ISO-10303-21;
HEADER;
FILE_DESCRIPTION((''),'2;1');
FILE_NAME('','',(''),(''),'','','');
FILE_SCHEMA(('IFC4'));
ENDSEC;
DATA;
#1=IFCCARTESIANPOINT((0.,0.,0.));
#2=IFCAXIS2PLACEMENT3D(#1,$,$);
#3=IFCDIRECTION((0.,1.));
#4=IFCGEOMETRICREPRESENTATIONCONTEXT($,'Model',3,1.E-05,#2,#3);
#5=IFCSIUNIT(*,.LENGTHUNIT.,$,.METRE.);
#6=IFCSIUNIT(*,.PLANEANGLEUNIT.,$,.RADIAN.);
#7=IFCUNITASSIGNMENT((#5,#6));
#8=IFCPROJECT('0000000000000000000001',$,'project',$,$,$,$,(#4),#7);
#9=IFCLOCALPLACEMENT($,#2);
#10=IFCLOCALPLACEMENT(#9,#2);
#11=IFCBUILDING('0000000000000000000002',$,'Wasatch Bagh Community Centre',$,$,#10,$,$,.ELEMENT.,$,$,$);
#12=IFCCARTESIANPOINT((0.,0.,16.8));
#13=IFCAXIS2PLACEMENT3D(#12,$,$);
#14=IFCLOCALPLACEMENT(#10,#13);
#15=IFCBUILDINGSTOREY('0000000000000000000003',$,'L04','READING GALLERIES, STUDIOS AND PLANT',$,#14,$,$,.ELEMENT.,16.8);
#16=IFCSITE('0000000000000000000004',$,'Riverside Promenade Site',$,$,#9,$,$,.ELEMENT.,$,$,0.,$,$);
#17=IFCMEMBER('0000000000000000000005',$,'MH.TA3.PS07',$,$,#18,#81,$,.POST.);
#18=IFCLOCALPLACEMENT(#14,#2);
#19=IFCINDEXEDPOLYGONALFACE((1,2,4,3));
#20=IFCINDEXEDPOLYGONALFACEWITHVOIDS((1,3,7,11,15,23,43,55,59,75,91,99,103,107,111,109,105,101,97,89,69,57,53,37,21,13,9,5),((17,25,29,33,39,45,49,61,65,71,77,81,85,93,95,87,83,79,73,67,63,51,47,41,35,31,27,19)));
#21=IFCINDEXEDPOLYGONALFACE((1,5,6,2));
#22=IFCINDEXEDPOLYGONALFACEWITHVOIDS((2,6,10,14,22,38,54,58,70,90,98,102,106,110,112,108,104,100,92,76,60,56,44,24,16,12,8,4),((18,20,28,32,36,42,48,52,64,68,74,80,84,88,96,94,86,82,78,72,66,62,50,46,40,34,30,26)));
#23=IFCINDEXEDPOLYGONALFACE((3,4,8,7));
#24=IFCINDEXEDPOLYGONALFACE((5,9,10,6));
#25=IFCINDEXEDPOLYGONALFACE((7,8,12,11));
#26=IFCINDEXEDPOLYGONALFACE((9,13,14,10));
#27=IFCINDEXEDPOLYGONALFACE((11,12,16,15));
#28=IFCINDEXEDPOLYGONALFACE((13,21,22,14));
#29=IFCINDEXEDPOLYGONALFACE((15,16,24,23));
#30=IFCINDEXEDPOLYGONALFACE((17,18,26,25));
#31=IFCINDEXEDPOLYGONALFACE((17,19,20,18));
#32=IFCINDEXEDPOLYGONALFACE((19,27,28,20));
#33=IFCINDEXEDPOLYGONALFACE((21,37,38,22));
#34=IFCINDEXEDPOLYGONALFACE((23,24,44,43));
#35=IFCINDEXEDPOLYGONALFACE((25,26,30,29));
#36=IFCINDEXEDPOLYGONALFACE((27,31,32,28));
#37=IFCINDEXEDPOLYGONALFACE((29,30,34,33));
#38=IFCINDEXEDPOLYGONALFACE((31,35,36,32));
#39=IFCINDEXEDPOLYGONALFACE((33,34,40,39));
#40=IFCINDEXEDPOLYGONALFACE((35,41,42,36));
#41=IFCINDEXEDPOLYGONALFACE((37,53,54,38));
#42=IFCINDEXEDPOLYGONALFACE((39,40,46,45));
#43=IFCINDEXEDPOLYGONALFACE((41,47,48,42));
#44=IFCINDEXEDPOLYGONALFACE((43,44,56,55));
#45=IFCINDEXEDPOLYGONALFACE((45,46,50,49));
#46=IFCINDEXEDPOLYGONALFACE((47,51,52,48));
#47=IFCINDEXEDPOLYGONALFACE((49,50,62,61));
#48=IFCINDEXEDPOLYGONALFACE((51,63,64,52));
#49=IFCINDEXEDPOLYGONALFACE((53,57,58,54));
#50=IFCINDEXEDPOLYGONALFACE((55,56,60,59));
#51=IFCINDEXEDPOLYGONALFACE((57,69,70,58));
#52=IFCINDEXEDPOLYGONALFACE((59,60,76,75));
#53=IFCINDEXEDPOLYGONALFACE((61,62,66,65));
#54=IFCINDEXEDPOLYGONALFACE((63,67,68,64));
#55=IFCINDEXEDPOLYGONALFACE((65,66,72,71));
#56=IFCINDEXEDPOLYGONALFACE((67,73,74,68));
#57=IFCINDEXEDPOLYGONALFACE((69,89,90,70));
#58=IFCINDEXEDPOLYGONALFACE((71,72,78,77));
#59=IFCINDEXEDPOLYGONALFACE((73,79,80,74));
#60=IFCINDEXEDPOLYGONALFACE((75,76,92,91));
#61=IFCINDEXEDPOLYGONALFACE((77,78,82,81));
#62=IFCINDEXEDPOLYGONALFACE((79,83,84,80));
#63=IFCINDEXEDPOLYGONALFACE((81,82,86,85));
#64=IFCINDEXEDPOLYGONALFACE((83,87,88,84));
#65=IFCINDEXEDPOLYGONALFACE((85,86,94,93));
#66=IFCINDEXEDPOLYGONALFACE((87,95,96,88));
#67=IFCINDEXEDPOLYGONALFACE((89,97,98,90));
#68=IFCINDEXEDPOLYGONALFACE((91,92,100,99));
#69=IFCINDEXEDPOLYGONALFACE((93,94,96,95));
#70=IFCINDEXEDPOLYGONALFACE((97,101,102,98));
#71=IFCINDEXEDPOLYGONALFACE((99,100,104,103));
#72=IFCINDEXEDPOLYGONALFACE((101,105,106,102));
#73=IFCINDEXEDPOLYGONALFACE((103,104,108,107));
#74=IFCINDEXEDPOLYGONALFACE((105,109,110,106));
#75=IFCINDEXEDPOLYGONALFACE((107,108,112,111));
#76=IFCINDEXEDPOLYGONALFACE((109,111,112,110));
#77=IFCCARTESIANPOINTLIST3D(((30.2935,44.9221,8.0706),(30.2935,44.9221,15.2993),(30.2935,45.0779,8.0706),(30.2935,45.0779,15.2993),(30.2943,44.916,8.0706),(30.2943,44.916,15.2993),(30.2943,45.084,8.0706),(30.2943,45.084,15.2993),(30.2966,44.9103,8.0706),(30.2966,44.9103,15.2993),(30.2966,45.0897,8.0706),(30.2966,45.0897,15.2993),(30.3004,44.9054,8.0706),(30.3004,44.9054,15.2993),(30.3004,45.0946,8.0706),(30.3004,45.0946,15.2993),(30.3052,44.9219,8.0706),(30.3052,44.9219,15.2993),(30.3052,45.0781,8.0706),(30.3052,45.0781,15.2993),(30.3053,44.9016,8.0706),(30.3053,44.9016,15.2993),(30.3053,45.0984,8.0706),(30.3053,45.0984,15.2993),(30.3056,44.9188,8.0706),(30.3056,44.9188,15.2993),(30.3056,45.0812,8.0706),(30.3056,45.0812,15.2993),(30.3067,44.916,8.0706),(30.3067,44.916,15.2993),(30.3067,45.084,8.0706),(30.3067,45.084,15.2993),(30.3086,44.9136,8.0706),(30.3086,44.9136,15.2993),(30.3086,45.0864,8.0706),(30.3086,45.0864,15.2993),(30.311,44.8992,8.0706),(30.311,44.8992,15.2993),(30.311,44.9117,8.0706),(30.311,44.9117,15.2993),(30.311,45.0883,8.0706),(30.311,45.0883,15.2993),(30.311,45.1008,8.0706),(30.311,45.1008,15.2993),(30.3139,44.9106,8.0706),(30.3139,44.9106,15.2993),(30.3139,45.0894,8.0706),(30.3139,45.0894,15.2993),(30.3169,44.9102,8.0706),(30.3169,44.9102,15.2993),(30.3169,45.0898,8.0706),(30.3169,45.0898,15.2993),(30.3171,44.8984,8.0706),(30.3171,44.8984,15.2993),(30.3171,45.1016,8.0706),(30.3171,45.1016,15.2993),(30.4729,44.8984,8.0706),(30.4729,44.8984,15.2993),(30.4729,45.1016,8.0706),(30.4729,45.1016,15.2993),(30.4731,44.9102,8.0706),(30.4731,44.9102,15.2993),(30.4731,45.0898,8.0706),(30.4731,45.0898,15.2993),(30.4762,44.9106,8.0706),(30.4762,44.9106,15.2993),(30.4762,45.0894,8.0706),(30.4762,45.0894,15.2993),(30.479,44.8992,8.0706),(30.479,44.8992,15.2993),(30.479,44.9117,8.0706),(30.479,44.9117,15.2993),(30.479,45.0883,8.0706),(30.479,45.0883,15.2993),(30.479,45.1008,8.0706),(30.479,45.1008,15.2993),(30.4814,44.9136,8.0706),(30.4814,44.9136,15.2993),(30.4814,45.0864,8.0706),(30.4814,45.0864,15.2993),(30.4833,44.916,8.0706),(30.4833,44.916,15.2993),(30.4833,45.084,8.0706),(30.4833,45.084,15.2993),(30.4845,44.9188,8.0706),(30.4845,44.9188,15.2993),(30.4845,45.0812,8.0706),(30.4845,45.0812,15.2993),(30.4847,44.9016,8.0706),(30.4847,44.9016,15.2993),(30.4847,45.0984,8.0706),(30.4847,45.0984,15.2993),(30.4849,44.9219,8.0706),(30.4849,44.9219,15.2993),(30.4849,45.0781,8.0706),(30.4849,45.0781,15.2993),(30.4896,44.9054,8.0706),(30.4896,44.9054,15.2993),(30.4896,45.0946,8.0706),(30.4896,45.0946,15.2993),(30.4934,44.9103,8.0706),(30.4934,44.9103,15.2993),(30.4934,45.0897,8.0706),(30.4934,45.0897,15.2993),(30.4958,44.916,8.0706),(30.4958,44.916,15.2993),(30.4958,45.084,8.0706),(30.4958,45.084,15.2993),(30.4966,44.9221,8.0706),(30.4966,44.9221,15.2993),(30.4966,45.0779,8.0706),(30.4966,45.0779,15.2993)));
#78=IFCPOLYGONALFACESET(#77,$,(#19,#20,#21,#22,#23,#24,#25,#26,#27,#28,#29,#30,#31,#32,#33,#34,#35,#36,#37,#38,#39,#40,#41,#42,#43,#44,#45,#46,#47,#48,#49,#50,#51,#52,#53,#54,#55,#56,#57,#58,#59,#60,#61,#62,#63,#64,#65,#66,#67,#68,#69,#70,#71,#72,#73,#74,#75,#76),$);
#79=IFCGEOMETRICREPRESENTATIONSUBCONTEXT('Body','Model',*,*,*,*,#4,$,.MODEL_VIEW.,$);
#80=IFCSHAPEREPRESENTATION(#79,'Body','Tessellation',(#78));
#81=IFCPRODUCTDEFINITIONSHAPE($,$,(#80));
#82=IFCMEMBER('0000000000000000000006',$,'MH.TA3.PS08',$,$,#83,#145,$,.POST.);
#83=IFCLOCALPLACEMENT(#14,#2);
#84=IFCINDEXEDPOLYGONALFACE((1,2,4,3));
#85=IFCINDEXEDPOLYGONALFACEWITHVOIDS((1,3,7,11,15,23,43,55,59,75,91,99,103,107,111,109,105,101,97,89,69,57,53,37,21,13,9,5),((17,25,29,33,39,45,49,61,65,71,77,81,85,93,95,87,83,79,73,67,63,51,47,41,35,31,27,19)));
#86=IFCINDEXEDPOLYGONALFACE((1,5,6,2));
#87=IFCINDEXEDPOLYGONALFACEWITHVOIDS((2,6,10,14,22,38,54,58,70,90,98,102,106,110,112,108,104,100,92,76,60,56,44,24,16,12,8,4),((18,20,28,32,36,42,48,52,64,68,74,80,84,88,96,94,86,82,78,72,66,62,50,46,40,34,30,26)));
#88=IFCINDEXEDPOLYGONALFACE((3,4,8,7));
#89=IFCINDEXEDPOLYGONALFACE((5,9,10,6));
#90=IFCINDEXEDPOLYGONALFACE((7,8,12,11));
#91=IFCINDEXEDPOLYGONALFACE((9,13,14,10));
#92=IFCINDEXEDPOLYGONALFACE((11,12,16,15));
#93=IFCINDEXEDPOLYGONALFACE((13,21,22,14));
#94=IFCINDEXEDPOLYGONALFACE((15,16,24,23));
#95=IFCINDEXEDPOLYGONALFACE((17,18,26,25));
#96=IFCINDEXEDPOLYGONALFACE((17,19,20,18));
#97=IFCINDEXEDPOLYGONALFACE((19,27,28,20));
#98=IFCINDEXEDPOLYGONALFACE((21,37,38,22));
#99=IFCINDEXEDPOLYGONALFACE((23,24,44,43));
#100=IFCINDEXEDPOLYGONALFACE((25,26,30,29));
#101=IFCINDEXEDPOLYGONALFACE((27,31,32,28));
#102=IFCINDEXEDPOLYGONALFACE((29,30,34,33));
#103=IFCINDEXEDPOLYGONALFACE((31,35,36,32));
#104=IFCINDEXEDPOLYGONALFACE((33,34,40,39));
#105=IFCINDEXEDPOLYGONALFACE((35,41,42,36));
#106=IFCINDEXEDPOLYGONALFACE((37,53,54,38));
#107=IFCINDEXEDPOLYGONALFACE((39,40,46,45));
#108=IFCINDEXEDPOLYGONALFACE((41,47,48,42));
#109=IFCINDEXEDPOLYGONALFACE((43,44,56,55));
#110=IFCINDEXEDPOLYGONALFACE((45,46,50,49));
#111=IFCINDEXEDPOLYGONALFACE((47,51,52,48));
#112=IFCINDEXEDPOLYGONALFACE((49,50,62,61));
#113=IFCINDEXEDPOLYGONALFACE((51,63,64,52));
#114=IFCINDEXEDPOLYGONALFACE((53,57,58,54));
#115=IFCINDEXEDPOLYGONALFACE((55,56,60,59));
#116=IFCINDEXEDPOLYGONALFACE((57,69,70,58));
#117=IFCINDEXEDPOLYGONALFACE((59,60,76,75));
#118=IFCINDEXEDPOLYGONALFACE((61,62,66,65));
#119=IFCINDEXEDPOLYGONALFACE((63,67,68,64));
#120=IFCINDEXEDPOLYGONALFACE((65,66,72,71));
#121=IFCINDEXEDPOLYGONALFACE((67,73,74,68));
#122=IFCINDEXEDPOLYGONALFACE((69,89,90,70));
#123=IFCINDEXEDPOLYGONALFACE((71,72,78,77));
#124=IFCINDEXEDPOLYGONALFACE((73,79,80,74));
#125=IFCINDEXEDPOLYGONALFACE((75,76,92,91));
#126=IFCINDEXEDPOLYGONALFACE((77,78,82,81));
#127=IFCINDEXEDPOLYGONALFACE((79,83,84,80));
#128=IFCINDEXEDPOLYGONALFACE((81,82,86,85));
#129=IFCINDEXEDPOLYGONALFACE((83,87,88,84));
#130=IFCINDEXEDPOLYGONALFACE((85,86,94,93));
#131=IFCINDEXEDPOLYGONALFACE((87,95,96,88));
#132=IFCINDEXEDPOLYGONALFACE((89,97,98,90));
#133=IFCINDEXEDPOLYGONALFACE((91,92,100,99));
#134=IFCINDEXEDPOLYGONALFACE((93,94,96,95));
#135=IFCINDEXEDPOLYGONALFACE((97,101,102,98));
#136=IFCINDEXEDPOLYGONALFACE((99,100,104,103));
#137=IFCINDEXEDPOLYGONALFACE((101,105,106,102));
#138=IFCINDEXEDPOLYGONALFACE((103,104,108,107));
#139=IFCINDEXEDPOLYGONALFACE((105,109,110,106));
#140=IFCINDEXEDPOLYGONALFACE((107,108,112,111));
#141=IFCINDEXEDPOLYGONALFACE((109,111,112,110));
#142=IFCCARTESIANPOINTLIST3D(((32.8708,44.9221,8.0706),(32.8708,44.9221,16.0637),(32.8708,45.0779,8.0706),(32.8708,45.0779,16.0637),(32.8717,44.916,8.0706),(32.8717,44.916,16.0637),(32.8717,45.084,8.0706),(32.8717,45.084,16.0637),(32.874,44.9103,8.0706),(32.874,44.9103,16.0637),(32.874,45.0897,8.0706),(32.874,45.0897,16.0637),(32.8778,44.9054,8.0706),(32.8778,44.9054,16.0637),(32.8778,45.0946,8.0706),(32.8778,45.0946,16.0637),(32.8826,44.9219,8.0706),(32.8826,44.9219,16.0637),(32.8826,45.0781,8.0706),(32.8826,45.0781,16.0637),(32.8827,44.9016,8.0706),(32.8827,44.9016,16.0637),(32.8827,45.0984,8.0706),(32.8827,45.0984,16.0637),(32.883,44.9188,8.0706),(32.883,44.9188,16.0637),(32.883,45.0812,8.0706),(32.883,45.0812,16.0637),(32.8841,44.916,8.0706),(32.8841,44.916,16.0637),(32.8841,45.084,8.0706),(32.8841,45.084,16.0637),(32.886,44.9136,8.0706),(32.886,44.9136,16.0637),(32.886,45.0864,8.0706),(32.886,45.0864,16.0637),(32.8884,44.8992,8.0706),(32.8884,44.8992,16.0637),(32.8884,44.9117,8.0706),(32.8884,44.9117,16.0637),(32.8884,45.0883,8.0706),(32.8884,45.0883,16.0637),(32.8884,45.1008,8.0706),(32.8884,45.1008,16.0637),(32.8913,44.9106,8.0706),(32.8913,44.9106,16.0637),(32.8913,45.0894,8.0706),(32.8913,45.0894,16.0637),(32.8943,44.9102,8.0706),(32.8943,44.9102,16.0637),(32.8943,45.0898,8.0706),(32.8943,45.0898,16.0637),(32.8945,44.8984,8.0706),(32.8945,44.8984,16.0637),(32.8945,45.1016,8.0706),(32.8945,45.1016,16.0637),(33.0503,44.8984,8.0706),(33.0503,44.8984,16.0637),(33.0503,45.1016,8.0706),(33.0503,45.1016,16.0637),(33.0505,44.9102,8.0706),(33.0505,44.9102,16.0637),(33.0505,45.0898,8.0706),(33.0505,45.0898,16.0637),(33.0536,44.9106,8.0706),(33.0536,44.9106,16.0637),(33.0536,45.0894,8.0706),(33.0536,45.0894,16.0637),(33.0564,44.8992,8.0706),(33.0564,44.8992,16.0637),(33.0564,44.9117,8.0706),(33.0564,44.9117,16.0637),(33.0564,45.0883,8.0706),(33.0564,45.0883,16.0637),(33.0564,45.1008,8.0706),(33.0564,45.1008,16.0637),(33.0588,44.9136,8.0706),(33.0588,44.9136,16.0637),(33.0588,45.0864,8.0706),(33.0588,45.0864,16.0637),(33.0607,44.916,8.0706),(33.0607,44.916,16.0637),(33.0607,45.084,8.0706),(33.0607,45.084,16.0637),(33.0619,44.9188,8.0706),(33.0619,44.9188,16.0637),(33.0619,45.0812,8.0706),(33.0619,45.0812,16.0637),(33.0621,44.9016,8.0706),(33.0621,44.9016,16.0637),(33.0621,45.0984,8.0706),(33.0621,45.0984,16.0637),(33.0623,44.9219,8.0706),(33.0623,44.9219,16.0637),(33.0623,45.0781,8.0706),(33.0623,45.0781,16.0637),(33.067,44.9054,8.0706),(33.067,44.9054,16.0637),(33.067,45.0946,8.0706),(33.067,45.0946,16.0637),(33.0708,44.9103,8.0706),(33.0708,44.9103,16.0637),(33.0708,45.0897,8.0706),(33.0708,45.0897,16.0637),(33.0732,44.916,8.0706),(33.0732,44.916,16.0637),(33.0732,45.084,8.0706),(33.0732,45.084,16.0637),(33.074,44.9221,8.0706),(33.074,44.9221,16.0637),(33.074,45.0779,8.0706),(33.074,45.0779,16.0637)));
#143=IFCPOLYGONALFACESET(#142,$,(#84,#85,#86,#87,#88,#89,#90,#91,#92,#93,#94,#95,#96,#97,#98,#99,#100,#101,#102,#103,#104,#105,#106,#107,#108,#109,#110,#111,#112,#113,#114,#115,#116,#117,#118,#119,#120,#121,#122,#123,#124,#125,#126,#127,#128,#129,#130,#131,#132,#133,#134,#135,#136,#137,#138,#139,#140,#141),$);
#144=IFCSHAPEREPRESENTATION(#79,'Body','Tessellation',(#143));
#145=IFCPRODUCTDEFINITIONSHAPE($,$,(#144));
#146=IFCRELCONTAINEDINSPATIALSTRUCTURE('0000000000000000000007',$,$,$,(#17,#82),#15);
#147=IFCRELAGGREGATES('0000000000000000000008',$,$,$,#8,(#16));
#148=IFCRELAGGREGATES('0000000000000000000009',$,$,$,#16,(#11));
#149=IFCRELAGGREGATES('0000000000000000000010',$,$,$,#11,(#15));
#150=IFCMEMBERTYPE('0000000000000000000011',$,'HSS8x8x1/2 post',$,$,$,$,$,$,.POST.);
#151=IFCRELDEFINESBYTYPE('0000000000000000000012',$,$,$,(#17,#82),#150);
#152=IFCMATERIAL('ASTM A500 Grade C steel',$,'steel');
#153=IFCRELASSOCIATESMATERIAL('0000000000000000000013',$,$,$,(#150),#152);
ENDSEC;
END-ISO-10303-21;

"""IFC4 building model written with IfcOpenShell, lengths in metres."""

from ifc_helpers import new_model, si_unit, direction, frame, origin, origin_2d, place, context, subcontext, project, spatial, hollow_rectangle, extrude, material, material_profile, profile_set, type_object, element, save


model = new_model("IFC4")

# Units and contexts
model_context = context("Model", 3, precision=1e-05, world=origin(), true_north=direction((0.0, 1.0)))
body_context = subcontext(model_context, "Body", "Model", "MODEL_VIEW")
ifc_project = project(units=[si_unit("LENGTHUNIT", "METRE"), si_unit("PLANEANGLEUNIT", "RADIAN")], contexts=[model_context])

# Site, building, storey
site_placement = place(None, origin())
site = spatial("IfcSite", under=ifc_project, at=site_placement, Name="Riverside Promenade Site", CompositionType="ELEMENT", RefElevation=0.0)
building_placement = place(site_placement, origin())
building = spatial("IfcBuilding", under=site, at=building_placement, Name="Wasatch Bagh Community Centre", CompositionType="ELEMENT")
storey_placement = place(building_placement, frame((0.0, 0.0, 16.8)))
storey = spatial("IfcBuildingStorey", under=building, at=storey_placement, Name="L04", Description="READING GALLERIES, STUDIOS AND PLANT", CompositionType="ELEMENT", Elevation=16.8)

# Members
ifc_material_1 = material(Name="ASTM A500 Grade C steel", Category="steel")
ifc_material_profile_1 = material_profile(ifc_material_1, hollow_rectangle(XDim=0.2031, YDim=0.2031, WallThickness=0.0117, InnerFilletRadius=0.0117, OuterFilletRadius=0.0237, at=origin_2d()), Name="HSS8x8x1/2")
ifc_profile_set_1 = profile_set([ifc_material_profile_1], Name="ASTM A500 Grade C steel")
member_type_1 = type_object("IfcMemberType", Name="HSS8x8x1/2 post", PredefinedType="POST", material=ifc_profile_set_1)
member_1_placement = place(storey_placement, frame((30.395, 45.0, 8.0706), z_axis=(0.0, 0.0, 1.0), x_axis=(1.0, 0.0, 0.0)))
element("IfcMember", 1, at=member_1_placement, inside=storey, type_object=member_type_1, Name="MH.TA3.PS07", PredefinedType="POST", context=body_context, shape_type="SweptSolid", body=[
    extrude(hollow_rectangle(XDim=0.2031, YDim=0.2031, WallThickness=0.0117, InnerFilletRadius=0.0117, OuterFilletRadius=0.0237, at=origin_2d()), origin(), (0.0, 0.0, 1.0), 7.2288),
])
member_2_placement = place(storey_placement, frame((32.9724, 45.0, 8.0706), z_axis=(0.0, 0.0, 1.0), x_axis=(1.0, 0.0, 0.0)))
element("IfcMember", 2, at=member_2_placement, inside=storey, type_object=member_type_1, Name="MH.TA3.PS08", PredefinedType="POST", context=body_context, shape_type="SweptSolid", body=[
    extrude(hollow_rectangle(XDim=0.2031, YDim=0.2031, WallThickness=0.0117, InnerFilletRadius=0.0117, OuterFilletRadius=0.0237, at=origin_2d()), origin(), (0.0, 0.0, 1.0), 7.9932),
])

save(model, "model.ifc")
